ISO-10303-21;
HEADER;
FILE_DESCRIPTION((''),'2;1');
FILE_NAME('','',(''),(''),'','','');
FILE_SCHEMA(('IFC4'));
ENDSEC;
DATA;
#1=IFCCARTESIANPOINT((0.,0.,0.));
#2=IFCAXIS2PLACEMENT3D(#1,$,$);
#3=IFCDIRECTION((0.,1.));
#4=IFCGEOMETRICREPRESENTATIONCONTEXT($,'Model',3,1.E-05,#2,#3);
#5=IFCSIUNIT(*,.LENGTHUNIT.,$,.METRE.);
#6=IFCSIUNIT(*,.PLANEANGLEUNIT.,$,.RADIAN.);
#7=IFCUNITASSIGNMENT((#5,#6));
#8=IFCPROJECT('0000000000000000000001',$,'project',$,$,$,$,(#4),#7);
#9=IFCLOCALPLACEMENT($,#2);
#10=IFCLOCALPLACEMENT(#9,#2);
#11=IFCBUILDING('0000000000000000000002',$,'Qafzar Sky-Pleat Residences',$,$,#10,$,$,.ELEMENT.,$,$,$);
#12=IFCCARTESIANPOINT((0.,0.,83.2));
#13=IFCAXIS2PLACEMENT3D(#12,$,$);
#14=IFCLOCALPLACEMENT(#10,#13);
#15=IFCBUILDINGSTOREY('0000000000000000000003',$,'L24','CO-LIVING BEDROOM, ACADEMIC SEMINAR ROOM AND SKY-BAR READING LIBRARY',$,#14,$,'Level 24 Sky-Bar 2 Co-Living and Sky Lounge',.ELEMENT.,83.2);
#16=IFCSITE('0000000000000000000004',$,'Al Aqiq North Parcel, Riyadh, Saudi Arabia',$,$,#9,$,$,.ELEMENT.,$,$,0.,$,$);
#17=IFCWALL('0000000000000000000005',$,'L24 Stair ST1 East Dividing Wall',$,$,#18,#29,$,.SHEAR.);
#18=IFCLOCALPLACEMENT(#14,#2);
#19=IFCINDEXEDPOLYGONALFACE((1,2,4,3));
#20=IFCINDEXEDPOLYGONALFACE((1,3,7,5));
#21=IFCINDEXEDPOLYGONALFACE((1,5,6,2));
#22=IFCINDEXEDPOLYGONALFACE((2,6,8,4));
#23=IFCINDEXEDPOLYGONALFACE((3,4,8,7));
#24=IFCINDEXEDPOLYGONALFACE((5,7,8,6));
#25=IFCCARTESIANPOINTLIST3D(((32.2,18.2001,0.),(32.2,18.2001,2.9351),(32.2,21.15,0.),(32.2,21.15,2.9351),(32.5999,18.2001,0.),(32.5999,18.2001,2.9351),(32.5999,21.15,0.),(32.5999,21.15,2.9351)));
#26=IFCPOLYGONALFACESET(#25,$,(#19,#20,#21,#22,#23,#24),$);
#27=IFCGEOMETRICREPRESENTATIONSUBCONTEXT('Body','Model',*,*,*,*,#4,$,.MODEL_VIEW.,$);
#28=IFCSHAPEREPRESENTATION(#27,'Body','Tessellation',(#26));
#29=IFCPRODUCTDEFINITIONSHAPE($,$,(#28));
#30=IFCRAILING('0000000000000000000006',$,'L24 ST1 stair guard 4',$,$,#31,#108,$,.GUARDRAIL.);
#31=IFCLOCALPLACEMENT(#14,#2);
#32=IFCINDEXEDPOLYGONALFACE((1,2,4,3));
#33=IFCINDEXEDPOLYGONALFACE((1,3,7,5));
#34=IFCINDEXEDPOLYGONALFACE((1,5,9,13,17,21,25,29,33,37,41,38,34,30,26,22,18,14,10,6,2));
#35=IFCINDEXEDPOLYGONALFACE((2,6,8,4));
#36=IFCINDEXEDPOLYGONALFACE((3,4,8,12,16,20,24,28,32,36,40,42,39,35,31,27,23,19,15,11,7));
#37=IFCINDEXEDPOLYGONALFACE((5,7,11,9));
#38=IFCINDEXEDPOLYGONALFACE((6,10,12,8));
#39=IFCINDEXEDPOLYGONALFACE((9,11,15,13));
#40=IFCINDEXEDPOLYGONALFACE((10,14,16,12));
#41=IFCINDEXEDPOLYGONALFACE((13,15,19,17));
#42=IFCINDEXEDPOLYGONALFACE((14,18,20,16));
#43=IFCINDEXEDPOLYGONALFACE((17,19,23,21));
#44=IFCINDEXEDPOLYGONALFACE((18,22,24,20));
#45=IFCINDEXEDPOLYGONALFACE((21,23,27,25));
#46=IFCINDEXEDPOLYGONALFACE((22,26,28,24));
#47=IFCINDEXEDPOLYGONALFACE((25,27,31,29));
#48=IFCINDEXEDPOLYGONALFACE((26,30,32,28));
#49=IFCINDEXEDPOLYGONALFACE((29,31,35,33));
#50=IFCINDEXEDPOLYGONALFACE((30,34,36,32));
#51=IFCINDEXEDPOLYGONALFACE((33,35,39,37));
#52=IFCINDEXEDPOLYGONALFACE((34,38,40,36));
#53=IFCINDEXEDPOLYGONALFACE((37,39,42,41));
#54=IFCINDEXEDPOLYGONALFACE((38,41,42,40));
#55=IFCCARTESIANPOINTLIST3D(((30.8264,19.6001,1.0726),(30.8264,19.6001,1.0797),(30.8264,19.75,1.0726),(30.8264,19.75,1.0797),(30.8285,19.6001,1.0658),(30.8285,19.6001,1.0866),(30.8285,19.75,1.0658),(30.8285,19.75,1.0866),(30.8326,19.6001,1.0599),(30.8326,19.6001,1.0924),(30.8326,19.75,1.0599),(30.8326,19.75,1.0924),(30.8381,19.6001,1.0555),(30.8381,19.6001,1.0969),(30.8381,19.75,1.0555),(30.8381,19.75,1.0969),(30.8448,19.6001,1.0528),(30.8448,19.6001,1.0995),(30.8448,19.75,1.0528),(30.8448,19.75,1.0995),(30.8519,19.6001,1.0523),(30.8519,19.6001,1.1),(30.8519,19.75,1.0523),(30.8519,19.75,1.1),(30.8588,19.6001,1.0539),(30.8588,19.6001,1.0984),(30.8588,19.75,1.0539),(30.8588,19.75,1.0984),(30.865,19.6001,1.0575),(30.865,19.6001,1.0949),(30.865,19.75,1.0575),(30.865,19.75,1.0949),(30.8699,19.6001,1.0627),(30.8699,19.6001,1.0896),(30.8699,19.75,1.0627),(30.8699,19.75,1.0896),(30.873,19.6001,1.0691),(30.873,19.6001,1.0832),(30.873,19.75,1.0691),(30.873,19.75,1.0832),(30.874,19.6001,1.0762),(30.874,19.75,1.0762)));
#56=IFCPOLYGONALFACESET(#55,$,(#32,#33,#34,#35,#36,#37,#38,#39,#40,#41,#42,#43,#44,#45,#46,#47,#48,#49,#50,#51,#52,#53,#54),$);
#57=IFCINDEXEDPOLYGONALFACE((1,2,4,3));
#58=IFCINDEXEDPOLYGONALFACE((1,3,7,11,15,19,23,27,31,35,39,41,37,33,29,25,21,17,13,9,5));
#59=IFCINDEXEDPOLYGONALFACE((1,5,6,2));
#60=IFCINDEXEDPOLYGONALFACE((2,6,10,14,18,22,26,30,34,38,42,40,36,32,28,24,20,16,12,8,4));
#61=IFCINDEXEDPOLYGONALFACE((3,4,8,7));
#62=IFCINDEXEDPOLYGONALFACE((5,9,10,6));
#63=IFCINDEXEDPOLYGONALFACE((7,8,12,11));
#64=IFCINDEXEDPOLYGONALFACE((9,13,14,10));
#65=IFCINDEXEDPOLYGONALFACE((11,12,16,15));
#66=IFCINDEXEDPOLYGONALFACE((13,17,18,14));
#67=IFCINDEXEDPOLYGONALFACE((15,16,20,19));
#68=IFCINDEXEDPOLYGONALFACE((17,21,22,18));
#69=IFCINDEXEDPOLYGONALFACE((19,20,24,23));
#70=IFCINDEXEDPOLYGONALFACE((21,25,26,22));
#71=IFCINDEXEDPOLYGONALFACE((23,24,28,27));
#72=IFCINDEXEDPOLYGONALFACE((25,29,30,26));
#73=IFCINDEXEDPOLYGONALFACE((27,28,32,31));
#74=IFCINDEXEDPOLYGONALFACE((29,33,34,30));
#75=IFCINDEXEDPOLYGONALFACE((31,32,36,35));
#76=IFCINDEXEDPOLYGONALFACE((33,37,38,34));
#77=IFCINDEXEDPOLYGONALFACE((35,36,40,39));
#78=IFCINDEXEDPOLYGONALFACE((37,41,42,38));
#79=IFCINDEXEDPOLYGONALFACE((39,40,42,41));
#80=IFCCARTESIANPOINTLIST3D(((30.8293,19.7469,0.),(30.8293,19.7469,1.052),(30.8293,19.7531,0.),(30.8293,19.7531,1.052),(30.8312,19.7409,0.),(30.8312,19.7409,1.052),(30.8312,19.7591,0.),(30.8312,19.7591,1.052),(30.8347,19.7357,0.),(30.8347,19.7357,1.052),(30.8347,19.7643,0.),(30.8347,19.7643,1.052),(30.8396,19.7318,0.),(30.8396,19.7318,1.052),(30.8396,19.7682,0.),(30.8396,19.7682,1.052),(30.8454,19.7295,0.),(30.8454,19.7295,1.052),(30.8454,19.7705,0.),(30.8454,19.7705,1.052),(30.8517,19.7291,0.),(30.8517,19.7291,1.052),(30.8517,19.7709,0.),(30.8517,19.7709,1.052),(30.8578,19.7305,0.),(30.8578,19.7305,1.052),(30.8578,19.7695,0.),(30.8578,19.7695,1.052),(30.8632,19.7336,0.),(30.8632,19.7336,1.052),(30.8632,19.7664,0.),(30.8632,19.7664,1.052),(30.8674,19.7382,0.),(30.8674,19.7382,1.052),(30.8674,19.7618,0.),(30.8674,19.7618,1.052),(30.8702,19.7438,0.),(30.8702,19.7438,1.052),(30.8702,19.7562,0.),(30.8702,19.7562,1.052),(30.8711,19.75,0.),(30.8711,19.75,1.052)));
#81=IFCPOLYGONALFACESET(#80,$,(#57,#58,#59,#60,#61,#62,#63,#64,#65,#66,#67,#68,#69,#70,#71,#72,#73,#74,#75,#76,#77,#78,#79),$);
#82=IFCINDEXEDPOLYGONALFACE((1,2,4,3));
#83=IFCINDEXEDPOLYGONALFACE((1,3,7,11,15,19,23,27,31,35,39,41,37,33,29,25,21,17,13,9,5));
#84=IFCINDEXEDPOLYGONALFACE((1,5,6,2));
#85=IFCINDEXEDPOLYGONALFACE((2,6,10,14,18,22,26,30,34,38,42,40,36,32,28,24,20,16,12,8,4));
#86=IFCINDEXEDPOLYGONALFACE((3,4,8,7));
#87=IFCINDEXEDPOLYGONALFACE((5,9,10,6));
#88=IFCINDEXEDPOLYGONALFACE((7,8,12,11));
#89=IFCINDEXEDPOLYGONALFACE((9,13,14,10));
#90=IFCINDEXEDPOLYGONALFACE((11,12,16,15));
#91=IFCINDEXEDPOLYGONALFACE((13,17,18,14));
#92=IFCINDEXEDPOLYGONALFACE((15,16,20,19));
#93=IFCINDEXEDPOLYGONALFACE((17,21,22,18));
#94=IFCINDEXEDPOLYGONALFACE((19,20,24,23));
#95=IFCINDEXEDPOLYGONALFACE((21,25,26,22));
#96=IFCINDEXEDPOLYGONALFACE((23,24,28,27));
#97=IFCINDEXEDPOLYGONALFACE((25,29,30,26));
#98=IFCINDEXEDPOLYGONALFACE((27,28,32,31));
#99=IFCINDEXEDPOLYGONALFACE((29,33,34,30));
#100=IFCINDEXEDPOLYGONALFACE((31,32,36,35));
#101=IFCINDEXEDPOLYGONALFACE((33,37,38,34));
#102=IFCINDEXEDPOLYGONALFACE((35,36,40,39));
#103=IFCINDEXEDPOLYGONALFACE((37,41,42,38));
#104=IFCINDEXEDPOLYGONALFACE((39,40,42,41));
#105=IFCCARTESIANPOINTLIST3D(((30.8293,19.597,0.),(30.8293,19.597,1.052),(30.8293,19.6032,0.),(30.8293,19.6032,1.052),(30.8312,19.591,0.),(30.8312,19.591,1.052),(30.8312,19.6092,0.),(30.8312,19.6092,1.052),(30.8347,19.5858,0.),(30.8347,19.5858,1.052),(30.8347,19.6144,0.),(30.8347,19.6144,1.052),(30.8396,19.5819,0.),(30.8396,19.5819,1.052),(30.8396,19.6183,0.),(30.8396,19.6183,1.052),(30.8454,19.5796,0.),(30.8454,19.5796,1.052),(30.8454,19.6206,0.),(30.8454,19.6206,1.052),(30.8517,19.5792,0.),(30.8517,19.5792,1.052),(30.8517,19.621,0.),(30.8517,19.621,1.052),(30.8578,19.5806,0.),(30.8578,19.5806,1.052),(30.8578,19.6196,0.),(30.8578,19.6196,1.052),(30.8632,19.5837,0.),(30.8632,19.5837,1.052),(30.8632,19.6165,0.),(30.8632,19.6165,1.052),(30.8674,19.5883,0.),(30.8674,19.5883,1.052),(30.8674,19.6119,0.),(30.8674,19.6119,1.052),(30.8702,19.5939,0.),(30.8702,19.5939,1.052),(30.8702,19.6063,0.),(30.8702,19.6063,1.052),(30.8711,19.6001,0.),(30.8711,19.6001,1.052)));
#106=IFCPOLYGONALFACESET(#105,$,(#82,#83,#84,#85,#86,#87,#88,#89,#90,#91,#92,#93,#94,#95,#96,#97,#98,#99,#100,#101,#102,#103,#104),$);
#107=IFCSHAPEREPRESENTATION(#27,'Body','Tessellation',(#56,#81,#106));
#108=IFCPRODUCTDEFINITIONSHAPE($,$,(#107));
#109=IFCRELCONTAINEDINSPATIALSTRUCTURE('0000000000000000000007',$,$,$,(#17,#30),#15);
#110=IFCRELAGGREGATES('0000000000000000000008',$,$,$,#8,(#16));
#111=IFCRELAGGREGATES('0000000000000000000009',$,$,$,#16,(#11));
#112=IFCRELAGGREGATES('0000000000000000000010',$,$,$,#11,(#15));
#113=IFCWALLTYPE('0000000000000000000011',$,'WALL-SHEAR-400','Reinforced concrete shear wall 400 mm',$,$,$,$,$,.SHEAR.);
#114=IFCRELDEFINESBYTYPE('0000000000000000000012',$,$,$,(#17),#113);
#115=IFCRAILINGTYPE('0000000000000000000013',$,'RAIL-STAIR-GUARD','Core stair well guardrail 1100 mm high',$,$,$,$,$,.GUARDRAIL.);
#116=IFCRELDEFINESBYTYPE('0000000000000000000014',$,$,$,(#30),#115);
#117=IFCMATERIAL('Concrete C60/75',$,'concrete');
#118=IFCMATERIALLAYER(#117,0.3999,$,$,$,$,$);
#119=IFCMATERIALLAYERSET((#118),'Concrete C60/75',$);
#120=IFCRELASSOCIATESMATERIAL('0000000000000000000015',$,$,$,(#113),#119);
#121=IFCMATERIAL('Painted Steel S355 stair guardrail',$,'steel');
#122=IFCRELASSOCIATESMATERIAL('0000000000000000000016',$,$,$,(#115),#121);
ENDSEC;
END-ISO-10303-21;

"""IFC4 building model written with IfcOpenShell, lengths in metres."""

from ifc_helpers import new_model, si_unit, direction, frame, frame_2d, origin, origin_2d, place, context, subcontext, project, spatial, rectangle, circle, extrude, source, transform, mapped, material, layer, layer_set, type_object, element, save


model = new_model("IFC4")

# Units and contexts
model_context = context("Model", 3, precision=1e-05, world=origin(), true_north=direction((0.0, 1.0)))
body_context = subcontext(model_context, "Body", "Model", "MODEL_VIEW")
ifc_project = project(units=[si_unit("LENGTHUNIT", "METRE"), si_unit("PLANEANGLEUNIT", "RADIAN")], contexts=[model_context])

# Site, building, storey
site_placement = place(None, origin())
site = spatial("IfcSite", under=ifc_project, at=site_placement, Name="Al Aqiq North Parcel, Riyadh, Saudi Arabia", CompositionType="ELEMENT", RefElevation=0.0)
building_placement = place(site_placement, origin())
building = spatial("IfcBuilding", under=site, at=building_placement, Name="Qafzar Sky-Pleat Residences", CompositionType="ELEMENT")
storey_placement = place(building_placement, frame((0.0, 0.0, 83.2)))
storey = spatial("IfcBuildingStorey", under=building, at=storey_placement, Name="L24", Description="CO-LIVING BEDROOM, ACADEMIC SEMINAR ROOM AND SKY-BAR READING LIBRARY", LongName="Level 24 Sky-Bar 2 Co-Living and Sky Lounge", CompositionType="ELEMENT", Elevation=83.2)

# Wall
ifc_material_1 = material(Name="Concrete C60/75", Category="concrete")
ifc_layer_1 = layer(ifc_material_1, 0.3999)
ifc_layer_set_1 = layer_set([ifc_layer_1], Name="Concrete C60/75")
wall_type_1 = type_object("IfcWallType", Name="WALL-SHEAR-400", Description="Reinforced concrete shear wall 400 mm", PredefinedType="SHEAR", material=ifc_layer_set_1)
wall_1_placement = place(storey_placement, frame((32.3999, 18.2, 0.0), z_axis=(0.0, 0.0, 1.0), x_axis=(0.0, 1.0, 0.0)))
element("IfcWall", 1, at=wall_1_placement, inside=storey, type_object=wall_type_1, Name="L24 Stair ST1 East Dividing Wall", PredefinedType="SHEAR", context=body_context, shape_type="SweptSolid", body=[
    extrude(rectangle(XDim=2.95, YDim=0.3999, at=frame_2d((1.4751, 0.0))), origin(), (0.0, 0.0, 1.0), 2.9351),
])

# Railing
ifc_material_2 = material(Name="Painted Steel S355 stair guardrail", Category="steel")
railing_type = type_object("IfcRailingType", Name="RAIL-STAIR-GUARD", Description="Core stair well guardrail 1100 mm high", PredefinedType="GUARDRAIL", material=ifc_material_2)
shared_shape_1 = source(origin(), body_context, "Body", "SweptSolid", [
    extrude(circle(Radius=0.0239, at=origin_2d()), frame((0.0, 0.0, 1.0762), z_axis=(0.0, -1.0, 0.0), x_axis=(1.0, 0.0, 0.0)), (0.0, 0.0, 1.0), 0.1499),
    extrude(circle(Radius=0.021, at=origin_2d()), origin(), (0.0, 0.0, 1.0), 1.052),
    extrude(circle(Radius=0.021, at=origin_2d()), frame((0.0, -0.1499, 0.0)), (0.0, 0.0, 1.0), 1.052),
])
railing_placement = place(storey_placement, frame((30.8501, 19.75, 0.0)))
element("IfcRailing", 2, at=railing_placement, inside=storey, type_object=railing_type, Name="L24 ST1 stair guard 4", PredefinedType="GUARDRAIL", context=body_context, shape_type="MappedRepresentation", body=[
    mapped(shared_shape_1, transform((0.0, 0.0, 0.0), x_axis=(1.0, 0.0, 0.0), y_axis=(0.0, 1.0, 0.0), z_axis=(0.0, 0.0, 1.0), scale=1.0)),
])

save(model, "model.ifc")
